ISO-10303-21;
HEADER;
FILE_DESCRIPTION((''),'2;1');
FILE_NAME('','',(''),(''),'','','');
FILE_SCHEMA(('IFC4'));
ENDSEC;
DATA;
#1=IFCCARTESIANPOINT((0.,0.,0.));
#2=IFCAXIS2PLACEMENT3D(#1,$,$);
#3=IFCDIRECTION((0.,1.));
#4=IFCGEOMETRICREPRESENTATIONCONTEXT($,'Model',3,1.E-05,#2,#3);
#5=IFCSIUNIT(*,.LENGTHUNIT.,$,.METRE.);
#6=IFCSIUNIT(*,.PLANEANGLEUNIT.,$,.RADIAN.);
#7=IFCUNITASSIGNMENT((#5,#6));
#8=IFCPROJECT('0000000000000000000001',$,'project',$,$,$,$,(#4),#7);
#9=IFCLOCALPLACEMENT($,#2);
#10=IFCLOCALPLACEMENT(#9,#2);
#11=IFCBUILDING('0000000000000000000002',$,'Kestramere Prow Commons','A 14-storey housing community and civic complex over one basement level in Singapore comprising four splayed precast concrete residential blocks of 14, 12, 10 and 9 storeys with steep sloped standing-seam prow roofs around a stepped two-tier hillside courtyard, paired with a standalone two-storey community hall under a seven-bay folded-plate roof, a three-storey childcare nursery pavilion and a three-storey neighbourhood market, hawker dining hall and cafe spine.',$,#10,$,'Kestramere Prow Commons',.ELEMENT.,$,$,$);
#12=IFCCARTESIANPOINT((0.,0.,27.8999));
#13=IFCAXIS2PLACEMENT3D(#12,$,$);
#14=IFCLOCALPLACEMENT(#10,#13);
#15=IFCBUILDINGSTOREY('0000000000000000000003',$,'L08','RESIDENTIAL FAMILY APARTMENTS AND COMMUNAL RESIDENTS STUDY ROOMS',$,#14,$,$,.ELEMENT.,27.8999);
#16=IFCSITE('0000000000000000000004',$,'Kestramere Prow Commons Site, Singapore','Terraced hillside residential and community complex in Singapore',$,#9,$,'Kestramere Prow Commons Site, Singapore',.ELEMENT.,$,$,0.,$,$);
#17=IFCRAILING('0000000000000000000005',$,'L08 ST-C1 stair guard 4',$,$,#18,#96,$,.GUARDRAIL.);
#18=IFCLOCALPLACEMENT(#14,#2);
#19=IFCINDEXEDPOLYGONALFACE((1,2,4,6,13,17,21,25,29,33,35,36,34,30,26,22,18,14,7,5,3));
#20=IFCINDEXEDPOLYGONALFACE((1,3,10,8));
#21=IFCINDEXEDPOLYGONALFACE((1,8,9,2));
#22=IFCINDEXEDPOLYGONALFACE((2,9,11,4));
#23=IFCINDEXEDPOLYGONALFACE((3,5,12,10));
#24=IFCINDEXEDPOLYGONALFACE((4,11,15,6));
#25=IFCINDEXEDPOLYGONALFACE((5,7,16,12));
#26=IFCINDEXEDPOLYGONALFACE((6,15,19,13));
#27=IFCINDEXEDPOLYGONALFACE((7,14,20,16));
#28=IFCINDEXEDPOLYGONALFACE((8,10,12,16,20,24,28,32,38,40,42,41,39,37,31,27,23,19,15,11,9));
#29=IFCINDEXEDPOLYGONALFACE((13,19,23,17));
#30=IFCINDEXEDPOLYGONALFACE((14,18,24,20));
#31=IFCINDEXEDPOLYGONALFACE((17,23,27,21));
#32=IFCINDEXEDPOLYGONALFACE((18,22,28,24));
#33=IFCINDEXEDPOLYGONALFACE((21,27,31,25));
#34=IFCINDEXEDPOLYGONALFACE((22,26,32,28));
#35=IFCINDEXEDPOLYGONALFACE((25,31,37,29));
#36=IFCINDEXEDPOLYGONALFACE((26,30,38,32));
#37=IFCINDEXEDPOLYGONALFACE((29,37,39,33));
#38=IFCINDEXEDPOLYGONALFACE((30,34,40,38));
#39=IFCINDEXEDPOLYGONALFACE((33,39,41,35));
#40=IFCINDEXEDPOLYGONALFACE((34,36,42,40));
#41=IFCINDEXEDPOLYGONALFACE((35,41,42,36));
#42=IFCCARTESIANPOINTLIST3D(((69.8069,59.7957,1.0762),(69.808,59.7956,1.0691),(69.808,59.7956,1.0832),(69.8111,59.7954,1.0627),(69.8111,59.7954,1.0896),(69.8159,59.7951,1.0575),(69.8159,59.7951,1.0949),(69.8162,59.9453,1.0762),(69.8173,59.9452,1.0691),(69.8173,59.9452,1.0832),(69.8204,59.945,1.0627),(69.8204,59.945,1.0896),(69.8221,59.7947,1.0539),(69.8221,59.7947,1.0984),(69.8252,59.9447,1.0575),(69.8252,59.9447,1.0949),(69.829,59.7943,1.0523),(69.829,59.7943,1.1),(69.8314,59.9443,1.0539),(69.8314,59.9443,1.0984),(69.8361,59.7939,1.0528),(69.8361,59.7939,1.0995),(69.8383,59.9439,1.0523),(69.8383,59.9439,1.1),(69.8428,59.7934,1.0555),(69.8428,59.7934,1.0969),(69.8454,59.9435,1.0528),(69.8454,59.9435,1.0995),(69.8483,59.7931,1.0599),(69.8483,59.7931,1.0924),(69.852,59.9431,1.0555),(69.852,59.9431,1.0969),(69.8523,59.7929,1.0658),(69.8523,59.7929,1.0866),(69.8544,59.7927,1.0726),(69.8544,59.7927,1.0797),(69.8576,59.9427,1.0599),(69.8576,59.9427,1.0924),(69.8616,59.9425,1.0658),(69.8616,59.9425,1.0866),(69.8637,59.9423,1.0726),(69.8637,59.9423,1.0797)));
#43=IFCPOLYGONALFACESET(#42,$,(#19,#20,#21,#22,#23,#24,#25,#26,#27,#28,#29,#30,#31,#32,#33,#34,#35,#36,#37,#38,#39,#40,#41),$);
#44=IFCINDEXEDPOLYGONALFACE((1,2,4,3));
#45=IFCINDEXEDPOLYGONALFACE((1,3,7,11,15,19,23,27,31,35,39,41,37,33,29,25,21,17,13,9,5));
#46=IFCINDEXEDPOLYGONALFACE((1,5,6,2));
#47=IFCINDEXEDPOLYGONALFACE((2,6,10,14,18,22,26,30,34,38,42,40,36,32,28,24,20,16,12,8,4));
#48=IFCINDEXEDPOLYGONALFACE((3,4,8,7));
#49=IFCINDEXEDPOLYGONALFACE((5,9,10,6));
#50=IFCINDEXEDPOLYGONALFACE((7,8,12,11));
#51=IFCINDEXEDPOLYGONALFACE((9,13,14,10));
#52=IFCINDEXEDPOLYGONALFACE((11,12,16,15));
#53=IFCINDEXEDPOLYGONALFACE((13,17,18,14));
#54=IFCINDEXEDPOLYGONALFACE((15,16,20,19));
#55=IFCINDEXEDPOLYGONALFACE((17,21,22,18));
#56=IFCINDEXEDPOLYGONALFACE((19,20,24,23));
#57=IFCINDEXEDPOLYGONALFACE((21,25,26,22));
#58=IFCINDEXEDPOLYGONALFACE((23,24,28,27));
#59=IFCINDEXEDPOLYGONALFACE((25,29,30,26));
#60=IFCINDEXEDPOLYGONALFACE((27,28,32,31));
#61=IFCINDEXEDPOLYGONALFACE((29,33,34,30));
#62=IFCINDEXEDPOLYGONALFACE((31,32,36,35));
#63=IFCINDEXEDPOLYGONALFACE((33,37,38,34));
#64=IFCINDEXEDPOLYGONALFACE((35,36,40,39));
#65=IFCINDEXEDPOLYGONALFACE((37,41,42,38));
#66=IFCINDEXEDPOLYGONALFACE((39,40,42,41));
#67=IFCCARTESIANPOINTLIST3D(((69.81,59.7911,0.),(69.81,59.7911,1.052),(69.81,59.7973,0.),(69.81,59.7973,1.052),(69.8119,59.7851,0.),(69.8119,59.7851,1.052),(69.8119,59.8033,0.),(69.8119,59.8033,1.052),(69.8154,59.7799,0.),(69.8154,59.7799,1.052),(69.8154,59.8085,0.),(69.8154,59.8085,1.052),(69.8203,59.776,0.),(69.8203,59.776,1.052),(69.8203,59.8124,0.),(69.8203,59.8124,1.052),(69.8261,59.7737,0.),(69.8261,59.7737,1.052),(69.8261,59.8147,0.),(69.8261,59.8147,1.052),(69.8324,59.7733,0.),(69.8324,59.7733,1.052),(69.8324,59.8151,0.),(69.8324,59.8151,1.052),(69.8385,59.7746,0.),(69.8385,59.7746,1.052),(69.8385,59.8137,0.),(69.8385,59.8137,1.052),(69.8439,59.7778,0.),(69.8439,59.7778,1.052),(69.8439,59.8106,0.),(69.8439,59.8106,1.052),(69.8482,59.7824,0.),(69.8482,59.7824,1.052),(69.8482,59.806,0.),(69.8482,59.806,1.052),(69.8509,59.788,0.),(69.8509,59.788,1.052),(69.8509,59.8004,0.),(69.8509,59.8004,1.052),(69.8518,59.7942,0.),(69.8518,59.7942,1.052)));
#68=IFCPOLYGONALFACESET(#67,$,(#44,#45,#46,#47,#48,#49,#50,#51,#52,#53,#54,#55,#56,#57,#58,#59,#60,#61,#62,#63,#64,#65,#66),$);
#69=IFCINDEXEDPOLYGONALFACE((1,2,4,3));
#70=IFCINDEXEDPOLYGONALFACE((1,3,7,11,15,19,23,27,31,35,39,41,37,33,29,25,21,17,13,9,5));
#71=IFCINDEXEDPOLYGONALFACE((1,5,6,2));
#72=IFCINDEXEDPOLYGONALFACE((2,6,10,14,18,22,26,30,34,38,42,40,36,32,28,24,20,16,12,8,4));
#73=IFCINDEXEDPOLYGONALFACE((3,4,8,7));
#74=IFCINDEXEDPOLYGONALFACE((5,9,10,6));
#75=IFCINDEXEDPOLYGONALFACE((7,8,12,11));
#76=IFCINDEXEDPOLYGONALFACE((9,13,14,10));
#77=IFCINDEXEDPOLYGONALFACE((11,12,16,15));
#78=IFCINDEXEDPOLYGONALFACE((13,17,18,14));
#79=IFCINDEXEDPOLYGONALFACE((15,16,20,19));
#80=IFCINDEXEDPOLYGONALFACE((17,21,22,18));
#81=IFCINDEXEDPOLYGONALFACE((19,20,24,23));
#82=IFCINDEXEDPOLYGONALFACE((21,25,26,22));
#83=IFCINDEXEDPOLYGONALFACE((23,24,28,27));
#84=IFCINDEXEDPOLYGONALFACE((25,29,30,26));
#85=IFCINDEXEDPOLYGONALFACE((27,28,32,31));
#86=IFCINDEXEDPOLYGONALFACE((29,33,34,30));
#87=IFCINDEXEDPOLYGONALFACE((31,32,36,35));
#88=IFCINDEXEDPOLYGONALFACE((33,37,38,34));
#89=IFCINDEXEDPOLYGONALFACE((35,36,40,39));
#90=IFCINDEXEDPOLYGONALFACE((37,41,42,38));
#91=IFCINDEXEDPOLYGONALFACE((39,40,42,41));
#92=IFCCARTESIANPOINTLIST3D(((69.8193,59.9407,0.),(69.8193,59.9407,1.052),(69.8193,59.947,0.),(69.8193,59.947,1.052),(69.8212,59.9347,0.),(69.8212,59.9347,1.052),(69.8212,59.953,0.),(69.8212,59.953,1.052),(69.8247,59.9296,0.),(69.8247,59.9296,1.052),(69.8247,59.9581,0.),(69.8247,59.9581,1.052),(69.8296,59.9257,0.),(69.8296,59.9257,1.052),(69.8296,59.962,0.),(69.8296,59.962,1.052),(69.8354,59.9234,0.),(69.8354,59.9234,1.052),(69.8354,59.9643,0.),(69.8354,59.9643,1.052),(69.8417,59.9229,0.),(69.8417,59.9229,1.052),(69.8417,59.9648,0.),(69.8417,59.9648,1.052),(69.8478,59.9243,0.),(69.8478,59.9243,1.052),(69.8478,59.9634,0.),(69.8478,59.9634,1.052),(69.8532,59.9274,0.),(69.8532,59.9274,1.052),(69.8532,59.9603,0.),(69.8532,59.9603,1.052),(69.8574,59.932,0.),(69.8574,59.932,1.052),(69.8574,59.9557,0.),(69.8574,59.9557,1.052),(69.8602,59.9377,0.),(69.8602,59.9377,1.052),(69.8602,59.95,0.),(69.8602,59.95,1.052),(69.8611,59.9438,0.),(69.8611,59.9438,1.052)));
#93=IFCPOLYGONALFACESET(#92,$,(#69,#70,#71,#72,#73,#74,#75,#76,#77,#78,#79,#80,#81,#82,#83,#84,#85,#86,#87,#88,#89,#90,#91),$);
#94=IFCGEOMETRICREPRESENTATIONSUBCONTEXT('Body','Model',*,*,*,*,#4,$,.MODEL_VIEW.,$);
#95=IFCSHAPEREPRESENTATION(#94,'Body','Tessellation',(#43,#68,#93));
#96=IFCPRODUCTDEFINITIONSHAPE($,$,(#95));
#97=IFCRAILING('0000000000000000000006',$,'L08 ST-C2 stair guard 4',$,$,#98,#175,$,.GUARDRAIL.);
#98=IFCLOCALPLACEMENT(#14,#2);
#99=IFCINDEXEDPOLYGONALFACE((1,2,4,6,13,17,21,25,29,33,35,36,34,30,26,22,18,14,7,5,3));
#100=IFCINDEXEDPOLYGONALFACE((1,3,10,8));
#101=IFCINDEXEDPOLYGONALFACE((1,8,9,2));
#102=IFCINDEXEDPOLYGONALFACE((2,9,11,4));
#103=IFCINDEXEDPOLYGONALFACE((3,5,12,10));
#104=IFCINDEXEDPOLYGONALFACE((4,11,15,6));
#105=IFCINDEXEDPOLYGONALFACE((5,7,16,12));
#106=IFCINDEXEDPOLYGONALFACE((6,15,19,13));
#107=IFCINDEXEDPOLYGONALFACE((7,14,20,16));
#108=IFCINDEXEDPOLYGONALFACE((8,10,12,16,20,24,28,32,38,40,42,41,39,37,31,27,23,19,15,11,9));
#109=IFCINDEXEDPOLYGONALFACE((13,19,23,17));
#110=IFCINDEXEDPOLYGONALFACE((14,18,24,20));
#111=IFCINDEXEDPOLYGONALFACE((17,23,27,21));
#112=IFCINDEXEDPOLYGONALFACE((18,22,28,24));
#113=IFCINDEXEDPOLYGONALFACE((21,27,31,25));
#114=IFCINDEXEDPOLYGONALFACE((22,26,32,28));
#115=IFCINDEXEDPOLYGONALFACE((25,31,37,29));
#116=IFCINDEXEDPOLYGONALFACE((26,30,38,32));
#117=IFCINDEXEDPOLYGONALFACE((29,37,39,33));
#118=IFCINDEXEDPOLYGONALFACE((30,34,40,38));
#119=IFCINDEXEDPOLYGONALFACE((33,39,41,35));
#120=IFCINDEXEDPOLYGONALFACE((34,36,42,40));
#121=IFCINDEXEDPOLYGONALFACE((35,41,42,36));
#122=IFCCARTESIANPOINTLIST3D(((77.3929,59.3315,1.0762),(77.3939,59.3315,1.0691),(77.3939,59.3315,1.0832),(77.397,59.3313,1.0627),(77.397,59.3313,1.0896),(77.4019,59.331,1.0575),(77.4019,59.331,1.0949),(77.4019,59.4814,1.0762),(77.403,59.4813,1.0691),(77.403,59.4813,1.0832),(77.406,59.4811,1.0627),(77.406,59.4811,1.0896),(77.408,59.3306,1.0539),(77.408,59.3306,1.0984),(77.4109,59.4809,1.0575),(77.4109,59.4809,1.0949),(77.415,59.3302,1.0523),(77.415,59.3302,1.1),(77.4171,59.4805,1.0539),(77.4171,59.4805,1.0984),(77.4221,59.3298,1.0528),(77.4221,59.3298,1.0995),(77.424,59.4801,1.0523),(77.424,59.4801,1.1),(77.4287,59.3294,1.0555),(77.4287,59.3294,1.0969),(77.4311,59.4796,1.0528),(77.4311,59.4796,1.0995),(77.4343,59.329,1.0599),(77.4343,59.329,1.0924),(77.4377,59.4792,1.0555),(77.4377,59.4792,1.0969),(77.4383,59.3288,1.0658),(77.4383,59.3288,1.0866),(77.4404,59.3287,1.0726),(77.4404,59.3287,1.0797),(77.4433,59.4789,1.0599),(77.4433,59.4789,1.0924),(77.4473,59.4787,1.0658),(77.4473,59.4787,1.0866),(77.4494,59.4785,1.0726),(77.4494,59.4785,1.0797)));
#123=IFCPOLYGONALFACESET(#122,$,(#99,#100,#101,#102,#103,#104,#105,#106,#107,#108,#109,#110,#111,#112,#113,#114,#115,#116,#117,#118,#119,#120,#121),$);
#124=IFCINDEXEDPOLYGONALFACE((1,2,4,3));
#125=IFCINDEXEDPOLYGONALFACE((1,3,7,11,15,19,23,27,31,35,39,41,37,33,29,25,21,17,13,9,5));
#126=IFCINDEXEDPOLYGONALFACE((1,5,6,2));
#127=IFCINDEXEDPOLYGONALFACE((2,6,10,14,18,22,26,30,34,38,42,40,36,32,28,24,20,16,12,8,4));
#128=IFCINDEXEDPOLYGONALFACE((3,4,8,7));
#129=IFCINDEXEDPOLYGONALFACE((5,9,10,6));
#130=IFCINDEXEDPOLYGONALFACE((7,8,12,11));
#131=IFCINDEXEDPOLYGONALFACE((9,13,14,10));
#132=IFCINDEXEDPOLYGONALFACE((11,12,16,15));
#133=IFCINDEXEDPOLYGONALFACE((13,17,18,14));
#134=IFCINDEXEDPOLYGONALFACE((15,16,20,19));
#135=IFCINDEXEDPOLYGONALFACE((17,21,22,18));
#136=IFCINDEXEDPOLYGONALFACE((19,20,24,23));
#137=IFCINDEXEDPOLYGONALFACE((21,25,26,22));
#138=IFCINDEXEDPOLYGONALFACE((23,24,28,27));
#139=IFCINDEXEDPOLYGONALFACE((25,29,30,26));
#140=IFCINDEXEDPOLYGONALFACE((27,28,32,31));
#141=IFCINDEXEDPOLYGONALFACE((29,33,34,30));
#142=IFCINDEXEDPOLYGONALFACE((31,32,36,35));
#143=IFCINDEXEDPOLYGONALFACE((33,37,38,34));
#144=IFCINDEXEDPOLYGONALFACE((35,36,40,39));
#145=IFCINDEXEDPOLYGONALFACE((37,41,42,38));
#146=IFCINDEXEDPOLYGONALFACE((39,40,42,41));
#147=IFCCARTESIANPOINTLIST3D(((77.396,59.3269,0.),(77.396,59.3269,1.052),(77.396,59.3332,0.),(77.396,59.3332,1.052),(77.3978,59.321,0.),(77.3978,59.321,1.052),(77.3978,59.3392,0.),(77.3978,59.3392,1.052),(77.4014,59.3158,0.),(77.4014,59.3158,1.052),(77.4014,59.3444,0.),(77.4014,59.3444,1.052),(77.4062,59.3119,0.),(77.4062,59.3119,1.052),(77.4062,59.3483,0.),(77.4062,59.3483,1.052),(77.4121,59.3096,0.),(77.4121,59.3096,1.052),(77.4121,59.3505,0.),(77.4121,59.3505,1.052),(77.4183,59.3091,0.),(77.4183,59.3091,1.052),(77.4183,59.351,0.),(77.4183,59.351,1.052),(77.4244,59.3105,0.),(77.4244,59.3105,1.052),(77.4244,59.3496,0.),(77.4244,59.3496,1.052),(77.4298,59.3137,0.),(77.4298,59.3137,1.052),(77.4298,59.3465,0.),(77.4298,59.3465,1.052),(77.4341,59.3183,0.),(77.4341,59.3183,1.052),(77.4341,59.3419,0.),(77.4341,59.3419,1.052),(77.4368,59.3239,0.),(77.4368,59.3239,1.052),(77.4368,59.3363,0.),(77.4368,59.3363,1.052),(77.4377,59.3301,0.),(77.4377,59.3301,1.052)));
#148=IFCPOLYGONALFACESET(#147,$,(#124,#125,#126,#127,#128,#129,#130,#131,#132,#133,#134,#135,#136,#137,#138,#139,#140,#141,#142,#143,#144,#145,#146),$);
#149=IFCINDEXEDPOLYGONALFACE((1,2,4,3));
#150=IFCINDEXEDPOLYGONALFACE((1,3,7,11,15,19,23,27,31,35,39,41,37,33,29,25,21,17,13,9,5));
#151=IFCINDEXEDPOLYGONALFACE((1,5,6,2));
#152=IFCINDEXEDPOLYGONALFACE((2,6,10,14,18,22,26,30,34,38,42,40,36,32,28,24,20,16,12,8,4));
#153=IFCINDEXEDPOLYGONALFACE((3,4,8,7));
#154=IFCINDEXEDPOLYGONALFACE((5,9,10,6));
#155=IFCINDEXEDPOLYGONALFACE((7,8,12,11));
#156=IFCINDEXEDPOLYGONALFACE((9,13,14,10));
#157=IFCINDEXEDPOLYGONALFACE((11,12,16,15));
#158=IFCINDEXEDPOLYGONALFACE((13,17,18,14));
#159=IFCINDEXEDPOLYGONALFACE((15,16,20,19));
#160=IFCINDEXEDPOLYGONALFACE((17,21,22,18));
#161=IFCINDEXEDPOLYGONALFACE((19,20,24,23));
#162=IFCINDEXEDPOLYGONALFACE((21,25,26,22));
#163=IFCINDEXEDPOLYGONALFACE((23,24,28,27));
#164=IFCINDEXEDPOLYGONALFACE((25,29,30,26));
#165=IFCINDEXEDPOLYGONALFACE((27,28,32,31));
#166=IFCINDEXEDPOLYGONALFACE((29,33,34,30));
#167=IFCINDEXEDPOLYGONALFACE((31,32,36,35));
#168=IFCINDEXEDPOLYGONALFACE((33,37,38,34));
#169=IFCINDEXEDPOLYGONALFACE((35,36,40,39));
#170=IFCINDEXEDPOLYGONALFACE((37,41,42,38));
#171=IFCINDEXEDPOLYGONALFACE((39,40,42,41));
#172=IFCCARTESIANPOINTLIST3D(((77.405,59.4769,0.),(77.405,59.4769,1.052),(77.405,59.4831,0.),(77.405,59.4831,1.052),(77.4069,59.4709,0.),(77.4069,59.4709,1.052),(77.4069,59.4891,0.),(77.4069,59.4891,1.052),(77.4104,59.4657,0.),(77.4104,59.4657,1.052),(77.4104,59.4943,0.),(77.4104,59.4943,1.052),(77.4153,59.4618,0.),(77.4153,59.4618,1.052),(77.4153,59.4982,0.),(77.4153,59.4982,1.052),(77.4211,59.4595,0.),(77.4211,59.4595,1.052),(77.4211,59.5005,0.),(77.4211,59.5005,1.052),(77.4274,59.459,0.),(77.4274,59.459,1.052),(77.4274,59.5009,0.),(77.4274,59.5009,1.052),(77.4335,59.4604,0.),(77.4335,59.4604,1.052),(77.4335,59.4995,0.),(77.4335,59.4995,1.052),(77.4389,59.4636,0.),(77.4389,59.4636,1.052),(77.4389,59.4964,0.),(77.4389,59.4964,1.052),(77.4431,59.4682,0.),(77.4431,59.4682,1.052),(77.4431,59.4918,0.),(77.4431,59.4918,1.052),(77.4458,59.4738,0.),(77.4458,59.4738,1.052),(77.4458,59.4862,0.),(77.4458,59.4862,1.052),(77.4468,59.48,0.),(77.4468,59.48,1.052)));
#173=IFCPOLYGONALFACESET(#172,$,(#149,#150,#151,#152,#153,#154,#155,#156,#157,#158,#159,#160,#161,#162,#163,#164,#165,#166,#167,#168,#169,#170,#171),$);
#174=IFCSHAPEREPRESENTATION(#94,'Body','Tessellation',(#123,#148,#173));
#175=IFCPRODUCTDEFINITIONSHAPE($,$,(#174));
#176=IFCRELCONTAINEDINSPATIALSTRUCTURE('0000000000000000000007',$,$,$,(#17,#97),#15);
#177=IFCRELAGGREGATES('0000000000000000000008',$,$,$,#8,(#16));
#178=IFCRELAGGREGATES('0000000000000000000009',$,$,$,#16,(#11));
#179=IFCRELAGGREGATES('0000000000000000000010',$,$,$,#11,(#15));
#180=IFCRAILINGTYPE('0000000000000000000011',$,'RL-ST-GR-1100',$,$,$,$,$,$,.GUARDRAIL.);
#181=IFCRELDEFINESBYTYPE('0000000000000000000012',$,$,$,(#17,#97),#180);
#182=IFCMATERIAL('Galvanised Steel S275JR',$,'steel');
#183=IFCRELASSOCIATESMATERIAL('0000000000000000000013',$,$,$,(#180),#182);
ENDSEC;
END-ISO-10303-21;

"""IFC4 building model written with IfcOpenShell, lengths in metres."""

from ifc_helpers import new_model, si_unit, direction, frame, origin, origin_2d, place, context, subcontext, project, spatial, circle, extrude, material, type_object, element, save


model = new_model("IFC4")

# Units and contexts
model_context = context("Model", 3, precision=1e-05, world=origin(), true_north=direction((0.0, 1.0)))
body_context = subcontext(model_context, "Body", "Model", "MODEL_VIEW")
ifc_project = project(units=[si_unit("LENGTHUNIT", "METRE"), si_unit("PLANEANGLEUNIT", "RADIAN")], contexts=[model_context])

# Site, building, storey
site_placement = place(None, origin())
site = spatial("IfcSite", under=ifc_project, at=site_placement, Name="Kestramere Prow Commons Site, Singapore", Description="Terraced hillside residential and community complex in Singapore", LongName="Kestramere Prow Commons Site, Singapore", CompositionType="ELEMENT", RefElevation=0.0)
building_placement = place(site_placement, origin())
building = spatial("IfcBuilding", under=site, at=building_placement, Name="Kestramere Prow Commons", Description="A 14-storey housing community and civic complex over one basement level in Singapore comprising four splayed precast concrete residential blocks of 14, 12, 10 and 9 storeys with steep sloped standing-seam prow roofs around a stepped two-tier hillside courtyard, paired with a standalone two-storey community hall under a seven-bay folded-plate roof, a three-storey childcare nursery pavilion and a three-storey neighbourhood market, hawker dining hall and cafe spine.", LongName="Kestramere Prow Commons", CompositionType="ELEMENT")
storey_placement = place(building_placement, frame((0.0, 0.0, 27.8999)))
storey = spatial("IfcBuildingStorey", under=building, at=storey_placement, Name="L08", Description="RESIDENTIAL FAMILY APARTMENTS AND COMMUNAL RESIDENTS STUDY ROOMS", CompositionType="ELEMENT", Elevation=27.8999)

# Railings
ifc_material_1 = material(Name="Galvanised Steel S275JR", Category="steel")
railing_type_1 = type_object("IfcRailingType", Name="RL-ST-GR-1100", PredefinedType="GUARDRAIL", material=ifc_material_1)
railing_1_placement = place(storey_placement, frame((69.8308, 59.7942, 0.0)))
element("IfcRailing", 1, at=railing_1_placement, inside=storey, type_object=railing_type_1, Name="L08 ST-C1 stair guard 4", PredefinedType="GUARDRAIL", context=body_context, shape_type="SweptSolid", body=[
    extrude(circle(Radius=0.0239, at=origin_2d()), frame((0.0, 0.0, 1.0762), z_axis=(0.061871, 0.998084, 0.0), x_axis=(-0.998084, 0.061871, 0.0)), (0.0, 0.0, 1.0), 0.1499),
    extrude(circle(Radius=0.021, at=origin_2d()), origin(), (0.0, 0.0, 1.0), 1.052),
    extrude(circle(Radius=0.021, at=origin_2d()), frame((0.0093, 0.1497, 0.0)), (0.0, 0.0, 1.0), 1.052),
])
railing_2_placement = place(storey_placement, frame((77.4167, 59.3301, 0.0)))
element("IfcRailing", 2, at=railing_2_placement, inside=storey, type_object=railing_type_1, Name="L08 ST-C2 stair guard 4", PredefinedType="GUARDRAIL", context=body_context, shape_type="SweptSolid", body=[
    extrude(circle(Radius=0.0239, at=origin_2d()), frame((0.0, 0.0, 1.0762), z_axis=(0.060151, 0.998189, 0.0), x_axis=(-0.998189, 0.060151, 0.0)), (0.0, 0.0, 1.0), 0.1501),
    extrude(circle(Radius=0.021, at=origin_2d()), origin(), (0.0, 0.0, 1.0), 1.052),
    extrude(circle(Radius=0.021, at=origin_2d()), frame((0.009, 0.1499, 0.0)), (0.0, 0.0, 1.0), 1.052),
])

save(model, "model.ifc")
